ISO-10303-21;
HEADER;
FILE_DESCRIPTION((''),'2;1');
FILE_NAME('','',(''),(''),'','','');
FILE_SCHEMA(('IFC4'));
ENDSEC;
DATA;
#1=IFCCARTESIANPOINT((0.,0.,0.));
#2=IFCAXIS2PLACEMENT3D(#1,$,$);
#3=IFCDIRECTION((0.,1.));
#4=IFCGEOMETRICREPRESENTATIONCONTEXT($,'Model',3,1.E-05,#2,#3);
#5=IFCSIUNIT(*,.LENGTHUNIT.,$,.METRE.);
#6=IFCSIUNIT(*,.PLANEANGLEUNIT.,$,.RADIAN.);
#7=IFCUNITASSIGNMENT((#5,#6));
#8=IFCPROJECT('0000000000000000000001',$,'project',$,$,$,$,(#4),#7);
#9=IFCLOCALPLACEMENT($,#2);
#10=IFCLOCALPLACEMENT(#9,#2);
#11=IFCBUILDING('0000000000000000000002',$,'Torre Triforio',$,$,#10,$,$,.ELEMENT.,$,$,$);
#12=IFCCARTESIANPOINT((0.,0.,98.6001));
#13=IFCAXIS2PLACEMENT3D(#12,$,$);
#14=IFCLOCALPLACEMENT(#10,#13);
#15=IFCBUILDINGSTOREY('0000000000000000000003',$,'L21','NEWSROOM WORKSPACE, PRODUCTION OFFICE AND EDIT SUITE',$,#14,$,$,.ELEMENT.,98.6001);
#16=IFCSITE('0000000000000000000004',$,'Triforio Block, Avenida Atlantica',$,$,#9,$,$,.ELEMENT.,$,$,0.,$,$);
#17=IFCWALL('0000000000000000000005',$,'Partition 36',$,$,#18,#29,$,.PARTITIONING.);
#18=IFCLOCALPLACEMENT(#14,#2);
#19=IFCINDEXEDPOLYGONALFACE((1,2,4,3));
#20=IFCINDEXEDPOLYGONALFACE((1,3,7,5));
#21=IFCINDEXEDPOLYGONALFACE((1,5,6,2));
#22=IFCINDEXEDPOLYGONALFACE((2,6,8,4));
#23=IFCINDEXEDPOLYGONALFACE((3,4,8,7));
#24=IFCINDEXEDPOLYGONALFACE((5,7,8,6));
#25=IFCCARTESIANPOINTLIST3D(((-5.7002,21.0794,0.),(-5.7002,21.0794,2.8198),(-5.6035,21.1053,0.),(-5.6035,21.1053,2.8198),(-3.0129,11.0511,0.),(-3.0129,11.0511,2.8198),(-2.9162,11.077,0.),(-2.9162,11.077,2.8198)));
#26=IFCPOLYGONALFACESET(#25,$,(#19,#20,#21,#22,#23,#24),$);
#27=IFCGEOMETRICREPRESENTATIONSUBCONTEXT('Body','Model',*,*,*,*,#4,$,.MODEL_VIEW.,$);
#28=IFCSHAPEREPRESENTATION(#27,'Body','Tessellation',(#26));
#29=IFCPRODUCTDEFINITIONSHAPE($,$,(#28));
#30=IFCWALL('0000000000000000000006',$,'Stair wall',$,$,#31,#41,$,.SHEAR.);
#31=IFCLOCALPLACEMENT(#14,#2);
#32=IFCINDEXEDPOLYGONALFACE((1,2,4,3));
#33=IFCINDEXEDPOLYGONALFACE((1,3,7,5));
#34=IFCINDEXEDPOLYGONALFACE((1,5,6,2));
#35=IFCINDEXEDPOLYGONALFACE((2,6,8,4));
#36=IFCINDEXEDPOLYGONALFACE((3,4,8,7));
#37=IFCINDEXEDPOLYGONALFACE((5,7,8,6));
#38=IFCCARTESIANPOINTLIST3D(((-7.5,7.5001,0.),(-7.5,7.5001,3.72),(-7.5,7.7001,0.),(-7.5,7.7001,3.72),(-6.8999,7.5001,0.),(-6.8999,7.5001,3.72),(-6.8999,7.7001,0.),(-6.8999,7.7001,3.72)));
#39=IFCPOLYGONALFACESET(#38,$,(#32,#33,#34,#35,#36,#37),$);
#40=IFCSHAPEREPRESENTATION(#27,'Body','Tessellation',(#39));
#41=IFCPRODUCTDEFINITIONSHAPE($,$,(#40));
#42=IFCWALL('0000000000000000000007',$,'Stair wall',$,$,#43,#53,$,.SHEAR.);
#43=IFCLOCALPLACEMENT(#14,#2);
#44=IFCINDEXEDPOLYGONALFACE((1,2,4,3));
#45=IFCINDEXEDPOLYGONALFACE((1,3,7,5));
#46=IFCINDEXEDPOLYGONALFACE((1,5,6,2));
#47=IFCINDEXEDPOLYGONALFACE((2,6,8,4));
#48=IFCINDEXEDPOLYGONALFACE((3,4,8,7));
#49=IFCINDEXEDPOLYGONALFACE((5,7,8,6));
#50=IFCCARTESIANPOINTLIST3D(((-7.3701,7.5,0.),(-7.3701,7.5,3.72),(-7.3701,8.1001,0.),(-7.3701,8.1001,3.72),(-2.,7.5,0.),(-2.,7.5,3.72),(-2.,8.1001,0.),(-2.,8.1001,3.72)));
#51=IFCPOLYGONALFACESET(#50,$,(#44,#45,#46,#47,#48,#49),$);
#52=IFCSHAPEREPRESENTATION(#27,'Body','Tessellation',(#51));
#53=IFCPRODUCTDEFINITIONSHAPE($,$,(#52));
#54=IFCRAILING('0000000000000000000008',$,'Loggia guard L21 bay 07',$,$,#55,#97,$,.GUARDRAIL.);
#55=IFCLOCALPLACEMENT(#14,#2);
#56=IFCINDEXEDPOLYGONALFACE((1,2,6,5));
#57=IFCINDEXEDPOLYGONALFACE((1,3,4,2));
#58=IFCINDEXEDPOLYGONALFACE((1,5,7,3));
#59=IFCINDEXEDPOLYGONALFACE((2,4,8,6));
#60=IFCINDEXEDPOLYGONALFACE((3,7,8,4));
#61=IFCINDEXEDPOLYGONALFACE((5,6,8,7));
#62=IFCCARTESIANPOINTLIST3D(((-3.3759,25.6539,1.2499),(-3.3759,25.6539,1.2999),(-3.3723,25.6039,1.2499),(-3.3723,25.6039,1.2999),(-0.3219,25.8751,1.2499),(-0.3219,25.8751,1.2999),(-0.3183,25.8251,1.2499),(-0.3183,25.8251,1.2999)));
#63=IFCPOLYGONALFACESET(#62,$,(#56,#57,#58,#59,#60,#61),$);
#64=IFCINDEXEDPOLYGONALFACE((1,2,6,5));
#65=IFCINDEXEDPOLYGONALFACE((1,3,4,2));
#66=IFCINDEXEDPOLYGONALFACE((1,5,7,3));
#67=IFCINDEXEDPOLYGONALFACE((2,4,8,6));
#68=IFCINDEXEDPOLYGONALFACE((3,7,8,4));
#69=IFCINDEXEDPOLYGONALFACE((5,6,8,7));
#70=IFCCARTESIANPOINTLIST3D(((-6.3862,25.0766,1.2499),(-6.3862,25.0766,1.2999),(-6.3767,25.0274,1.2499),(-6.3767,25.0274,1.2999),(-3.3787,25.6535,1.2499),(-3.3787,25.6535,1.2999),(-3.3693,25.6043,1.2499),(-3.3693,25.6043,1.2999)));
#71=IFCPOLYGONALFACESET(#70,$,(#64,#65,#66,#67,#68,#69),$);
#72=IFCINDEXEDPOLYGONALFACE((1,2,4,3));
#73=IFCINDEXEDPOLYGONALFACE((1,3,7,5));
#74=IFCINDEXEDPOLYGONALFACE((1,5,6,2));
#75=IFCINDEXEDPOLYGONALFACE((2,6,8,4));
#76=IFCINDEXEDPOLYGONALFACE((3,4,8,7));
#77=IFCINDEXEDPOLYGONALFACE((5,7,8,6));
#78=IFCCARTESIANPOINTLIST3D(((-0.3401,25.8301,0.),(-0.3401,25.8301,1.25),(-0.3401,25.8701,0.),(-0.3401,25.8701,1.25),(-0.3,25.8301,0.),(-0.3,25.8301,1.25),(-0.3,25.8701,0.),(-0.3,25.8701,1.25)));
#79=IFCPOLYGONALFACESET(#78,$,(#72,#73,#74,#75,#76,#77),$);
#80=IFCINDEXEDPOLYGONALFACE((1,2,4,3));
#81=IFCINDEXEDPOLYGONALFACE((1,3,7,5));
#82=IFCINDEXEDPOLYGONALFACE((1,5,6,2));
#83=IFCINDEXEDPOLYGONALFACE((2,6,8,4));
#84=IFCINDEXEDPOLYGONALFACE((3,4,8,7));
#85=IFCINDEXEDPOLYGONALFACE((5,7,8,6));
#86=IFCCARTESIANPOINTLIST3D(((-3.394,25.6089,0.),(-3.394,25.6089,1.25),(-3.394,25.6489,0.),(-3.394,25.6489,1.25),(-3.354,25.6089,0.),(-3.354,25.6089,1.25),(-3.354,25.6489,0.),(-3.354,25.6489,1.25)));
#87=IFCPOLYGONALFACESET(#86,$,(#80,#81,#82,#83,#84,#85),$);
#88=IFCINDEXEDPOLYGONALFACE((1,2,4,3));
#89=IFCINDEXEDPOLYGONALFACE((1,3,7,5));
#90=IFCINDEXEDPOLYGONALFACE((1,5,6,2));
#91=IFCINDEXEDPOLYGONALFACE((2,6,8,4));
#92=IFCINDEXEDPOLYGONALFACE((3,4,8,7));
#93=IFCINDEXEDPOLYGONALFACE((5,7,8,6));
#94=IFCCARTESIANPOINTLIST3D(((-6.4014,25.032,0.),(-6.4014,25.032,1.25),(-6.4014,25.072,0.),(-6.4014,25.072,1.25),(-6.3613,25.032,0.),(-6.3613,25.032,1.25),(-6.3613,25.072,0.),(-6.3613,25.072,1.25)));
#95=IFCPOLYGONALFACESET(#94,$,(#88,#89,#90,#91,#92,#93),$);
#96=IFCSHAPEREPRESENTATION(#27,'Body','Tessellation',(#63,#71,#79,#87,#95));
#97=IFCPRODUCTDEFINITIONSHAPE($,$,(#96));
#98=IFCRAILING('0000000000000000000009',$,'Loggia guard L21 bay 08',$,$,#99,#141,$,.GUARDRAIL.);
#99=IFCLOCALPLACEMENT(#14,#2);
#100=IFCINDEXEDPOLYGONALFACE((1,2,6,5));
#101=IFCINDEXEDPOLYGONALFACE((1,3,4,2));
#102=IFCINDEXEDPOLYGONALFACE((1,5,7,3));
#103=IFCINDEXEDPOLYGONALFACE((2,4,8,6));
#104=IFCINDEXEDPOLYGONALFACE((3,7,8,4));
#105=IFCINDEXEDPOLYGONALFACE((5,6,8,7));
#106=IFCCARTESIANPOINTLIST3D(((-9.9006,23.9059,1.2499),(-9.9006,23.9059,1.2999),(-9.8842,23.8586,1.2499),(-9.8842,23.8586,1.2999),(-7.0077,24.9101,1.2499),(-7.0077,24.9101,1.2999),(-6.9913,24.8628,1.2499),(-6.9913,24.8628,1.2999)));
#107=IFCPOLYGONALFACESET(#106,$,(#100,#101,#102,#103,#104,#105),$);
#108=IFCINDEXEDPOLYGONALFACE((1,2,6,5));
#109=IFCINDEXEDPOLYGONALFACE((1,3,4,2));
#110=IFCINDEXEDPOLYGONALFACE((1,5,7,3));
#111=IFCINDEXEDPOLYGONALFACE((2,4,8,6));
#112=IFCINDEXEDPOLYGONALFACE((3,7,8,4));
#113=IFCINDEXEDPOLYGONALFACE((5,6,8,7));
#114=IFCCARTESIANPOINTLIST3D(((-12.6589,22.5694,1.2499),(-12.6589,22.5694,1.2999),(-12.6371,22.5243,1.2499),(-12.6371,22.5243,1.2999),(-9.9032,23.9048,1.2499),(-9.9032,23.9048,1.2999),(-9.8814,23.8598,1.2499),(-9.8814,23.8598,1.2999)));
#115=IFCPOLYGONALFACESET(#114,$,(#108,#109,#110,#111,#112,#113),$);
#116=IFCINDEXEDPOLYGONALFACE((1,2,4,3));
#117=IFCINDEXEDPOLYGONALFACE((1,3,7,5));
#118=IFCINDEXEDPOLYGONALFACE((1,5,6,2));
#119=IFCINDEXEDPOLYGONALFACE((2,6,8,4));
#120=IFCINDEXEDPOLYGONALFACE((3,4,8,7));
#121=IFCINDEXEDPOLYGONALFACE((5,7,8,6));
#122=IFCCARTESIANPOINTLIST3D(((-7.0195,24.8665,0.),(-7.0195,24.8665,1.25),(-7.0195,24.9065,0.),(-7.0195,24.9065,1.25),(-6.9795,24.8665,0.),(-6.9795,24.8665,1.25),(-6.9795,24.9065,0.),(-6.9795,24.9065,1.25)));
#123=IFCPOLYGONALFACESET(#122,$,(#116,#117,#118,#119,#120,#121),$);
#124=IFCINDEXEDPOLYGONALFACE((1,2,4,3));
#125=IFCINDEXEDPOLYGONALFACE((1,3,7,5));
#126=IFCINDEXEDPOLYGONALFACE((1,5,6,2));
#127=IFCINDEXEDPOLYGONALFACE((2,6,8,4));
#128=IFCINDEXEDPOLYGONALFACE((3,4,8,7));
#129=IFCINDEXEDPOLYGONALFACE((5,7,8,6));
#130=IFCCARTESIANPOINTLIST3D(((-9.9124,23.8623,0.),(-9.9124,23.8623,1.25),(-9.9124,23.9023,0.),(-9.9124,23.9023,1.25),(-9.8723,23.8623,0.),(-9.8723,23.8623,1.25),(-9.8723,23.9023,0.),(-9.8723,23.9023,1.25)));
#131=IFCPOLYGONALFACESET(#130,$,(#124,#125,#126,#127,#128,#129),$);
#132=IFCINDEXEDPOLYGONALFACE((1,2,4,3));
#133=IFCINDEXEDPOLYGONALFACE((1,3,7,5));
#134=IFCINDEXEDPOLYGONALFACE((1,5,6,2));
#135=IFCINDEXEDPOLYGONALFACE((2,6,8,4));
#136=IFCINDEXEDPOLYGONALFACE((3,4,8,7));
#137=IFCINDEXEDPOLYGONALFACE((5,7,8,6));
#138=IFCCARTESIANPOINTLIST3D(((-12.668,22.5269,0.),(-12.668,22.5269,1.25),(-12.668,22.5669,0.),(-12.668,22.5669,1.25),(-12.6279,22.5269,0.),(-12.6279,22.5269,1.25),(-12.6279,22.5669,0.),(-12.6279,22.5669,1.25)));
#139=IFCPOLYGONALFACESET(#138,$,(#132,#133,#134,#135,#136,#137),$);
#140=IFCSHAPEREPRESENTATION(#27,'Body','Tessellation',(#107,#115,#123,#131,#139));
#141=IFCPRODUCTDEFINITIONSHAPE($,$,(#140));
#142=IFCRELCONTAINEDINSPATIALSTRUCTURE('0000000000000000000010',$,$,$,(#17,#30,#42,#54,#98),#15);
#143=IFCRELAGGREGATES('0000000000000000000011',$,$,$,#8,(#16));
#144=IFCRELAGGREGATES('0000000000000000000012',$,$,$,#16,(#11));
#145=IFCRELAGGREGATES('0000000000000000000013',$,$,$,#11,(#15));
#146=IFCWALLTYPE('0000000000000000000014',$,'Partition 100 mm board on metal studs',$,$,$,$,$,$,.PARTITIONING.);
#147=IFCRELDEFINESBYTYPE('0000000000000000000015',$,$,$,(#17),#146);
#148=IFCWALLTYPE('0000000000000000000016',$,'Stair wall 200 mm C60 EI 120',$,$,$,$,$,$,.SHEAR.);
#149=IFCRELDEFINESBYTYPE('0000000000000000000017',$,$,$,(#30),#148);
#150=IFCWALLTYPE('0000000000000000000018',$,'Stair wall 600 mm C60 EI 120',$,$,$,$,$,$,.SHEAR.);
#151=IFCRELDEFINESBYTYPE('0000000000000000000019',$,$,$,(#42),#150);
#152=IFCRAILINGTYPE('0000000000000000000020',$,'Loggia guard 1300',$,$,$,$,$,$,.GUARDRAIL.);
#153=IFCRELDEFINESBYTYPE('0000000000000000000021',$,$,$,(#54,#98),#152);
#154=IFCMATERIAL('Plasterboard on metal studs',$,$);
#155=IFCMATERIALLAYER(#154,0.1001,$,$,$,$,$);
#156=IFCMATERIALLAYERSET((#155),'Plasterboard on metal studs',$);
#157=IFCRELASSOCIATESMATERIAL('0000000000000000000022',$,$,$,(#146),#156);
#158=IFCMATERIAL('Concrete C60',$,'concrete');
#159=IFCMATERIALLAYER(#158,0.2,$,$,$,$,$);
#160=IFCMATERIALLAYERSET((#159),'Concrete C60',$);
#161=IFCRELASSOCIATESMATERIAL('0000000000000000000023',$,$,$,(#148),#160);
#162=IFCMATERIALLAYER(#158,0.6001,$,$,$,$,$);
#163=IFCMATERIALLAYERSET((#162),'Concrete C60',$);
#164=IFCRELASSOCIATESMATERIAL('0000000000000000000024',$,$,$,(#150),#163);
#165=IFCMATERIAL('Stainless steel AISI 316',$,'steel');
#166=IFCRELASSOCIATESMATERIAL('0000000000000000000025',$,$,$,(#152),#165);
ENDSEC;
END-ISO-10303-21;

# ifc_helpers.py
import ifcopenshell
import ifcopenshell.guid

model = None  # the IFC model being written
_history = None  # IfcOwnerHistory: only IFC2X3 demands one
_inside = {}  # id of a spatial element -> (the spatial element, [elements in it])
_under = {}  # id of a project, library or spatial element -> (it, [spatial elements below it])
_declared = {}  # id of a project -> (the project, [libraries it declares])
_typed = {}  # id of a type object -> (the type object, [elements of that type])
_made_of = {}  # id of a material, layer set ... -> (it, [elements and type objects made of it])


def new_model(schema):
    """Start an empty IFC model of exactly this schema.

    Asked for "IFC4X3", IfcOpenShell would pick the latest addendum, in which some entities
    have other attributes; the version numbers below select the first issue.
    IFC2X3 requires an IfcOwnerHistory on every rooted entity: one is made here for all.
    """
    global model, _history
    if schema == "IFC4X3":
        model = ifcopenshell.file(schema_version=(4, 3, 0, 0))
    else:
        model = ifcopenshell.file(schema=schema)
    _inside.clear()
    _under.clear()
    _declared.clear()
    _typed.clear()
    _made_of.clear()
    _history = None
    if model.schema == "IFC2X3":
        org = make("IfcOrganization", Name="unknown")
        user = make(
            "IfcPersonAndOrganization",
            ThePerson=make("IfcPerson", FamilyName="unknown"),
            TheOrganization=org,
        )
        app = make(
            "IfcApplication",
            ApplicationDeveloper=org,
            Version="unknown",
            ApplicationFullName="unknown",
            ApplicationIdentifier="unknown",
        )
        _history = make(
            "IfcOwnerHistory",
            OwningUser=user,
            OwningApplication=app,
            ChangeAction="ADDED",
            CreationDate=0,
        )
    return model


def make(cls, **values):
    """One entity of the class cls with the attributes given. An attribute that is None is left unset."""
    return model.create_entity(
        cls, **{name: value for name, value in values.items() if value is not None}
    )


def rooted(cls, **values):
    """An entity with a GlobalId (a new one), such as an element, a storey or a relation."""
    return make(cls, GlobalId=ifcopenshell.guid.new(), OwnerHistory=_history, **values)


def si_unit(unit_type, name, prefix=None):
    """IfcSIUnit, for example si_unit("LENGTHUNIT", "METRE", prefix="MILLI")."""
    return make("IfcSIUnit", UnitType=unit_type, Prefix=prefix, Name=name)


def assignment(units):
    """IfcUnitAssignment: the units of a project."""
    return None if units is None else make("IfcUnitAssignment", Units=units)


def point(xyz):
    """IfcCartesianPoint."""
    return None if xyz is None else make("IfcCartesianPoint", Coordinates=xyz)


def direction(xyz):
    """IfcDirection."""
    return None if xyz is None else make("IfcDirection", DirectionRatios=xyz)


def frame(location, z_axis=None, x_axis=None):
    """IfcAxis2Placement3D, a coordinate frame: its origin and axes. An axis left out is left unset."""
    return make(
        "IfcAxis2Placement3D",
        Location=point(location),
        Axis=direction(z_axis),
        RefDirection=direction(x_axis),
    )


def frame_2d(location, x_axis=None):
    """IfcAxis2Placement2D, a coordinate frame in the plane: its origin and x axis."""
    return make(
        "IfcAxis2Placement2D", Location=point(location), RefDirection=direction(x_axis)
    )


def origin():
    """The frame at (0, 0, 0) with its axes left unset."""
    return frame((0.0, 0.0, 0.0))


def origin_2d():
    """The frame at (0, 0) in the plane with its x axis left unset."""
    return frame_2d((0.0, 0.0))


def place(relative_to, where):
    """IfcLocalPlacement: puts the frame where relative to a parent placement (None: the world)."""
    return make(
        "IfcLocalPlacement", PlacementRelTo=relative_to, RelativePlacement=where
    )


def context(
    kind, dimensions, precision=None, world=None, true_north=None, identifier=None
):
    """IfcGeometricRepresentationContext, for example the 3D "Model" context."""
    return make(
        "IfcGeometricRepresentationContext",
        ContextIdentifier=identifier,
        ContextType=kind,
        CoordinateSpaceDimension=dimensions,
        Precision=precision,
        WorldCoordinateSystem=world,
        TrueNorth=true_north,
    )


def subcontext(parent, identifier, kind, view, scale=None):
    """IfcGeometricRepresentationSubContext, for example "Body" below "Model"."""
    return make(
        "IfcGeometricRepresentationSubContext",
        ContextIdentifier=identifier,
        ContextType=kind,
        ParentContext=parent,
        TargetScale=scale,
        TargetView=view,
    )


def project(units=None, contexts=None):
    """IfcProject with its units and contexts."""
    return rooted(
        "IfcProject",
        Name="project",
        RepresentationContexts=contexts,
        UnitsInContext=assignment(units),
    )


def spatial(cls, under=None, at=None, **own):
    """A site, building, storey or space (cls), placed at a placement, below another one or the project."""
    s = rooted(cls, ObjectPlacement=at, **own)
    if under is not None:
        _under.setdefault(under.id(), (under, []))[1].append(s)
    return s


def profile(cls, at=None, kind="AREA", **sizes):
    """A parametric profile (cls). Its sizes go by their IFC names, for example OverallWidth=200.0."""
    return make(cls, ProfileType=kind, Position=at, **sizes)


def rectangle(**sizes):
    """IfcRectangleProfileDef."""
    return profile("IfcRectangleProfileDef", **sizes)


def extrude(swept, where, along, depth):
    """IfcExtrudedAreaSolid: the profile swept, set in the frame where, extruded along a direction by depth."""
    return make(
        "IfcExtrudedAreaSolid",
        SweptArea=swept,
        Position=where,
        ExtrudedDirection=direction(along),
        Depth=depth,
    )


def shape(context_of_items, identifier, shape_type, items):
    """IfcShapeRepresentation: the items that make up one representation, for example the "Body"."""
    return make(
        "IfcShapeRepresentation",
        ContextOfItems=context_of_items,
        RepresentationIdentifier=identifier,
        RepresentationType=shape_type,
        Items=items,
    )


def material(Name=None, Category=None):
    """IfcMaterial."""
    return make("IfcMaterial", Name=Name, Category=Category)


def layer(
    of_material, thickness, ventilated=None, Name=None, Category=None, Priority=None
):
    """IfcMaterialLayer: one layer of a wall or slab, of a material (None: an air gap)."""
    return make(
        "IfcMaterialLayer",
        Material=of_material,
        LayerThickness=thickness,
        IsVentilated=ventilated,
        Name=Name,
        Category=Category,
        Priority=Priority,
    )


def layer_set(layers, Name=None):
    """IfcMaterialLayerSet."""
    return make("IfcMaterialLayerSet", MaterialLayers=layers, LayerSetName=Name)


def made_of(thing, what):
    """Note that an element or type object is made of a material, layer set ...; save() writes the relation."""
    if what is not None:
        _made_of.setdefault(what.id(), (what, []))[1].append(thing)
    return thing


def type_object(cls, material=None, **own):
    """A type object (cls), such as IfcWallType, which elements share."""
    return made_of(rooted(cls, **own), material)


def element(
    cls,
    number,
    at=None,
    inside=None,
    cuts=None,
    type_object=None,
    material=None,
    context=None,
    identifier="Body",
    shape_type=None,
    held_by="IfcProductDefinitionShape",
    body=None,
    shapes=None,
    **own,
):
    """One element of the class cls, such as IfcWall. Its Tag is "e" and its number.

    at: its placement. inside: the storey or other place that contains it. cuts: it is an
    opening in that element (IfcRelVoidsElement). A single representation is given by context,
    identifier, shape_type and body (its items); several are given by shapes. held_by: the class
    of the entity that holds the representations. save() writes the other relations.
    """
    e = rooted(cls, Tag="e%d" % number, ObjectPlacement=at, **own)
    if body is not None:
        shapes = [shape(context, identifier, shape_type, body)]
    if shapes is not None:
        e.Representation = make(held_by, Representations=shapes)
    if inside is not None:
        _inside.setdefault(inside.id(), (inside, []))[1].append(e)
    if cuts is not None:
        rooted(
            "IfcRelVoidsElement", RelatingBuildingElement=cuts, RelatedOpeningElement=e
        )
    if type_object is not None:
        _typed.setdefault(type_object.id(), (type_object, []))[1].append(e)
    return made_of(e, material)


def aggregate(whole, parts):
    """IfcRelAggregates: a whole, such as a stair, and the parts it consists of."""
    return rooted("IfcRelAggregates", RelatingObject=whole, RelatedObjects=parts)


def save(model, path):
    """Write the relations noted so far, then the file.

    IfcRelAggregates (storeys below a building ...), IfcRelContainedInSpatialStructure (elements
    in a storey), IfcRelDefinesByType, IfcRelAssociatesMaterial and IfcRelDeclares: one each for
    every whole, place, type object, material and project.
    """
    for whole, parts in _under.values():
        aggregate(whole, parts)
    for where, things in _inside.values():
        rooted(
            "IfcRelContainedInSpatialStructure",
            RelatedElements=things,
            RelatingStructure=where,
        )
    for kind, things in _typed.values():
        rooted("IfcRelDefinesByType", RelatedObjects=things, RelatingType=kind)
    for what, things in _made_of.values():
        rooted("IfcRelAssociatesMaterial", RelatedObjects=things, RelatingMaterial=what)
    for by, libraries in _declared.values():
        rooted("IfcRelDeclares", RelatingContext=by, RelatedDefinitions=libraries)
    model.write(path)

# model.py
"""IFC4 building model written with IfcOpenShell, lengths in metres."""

from ifc_helpers import new_model, si_unit, direction, frame, frame_2d, origin, origin_2d, place, context, subcontext, project, spatial, rectangle, extrude, material, layer, layer_set, type_object, element, save


model = new_model("IFC4")

# Units and contexts
model_context = context("Model", 3, precision=1e-05, world=origin(), true_north=direction((0.0, 1.0)))
body_context = subcontext(model_context, "Body", "Model", "MODEL_VIEW")
ifc_project = project(units=[si_unit("LENGTHUNIT", "METRE"), si_unit("PLANEANGLEUNIT", "RADIAN")], contexts=[model_context])

# Site, building, storey
site_placement = place(None, origin())
site = spatial("IfcSite", under=ifc_project, at=site_placement, Name="Triforio Block, Avenida Atlantica", CompositionType="ELEMENT", RefElevation=0.0)
building_placement = place(site_placement, origin())
building = spatial("IfcBuilding", under=site, at=building_placement, Name="Torre Triforio", CompositionType="ELEMENT")
storey_placement = place(building_placement, frame((0.0, 0.0, 98.6001)))
storey = spatial("IfcBuildingStorey", under=building, at=storey_placement, Name="L21", Description="NEWSROOM WORKSPACE, PRODUCTION OFFICE AND EDIT SUITE", CompositionType="ELEMENT", Elevation=98.6001)

# Shared definitions
ifc_material_1 = material(Name="Concrete C60", Category="concrete")

# Walls
ifc_material_2 = material(Name="Plasterboard on metal studs")
ifc_layer_1 = layer(ifc_material_2, 0.1001)
ifc_layer_set_1 = layer_set([ifc_layer_1], Name="Plasterboard on metal studs")
wall_type_1 = type_object("IfcWallType", Name="Partition 100 mm board on metal studs", PredefinedType="PARTITIONING", material=ifc_layer_set_1)
wall_1_placement = place(storey_placement, frame((-2.9646, 11.0642, 0.0), z_axis=(0.0, 0.0, 1.0), x_axis=(-0.258835, 0.965922, 0.0)))
element("IfcWall", 1, at=wall_1_placement, inside=storey, type_object=wall_type_1, Name="Partition 36", PredefinedType="PARTITIONING", context=body_context, shape_type="SweptSolid", body=[
    extrude(rectangle(XDim=10.3821, YDim=0.1001, at=frame_2d((5.1909, 0.0))), origin(), (0.0, 0.0, 1.0), 2.8198),
])
ifc_layer_2 = layer(ifc_material_1, 0.2)
ifc_layer_set_2 = layer_set([ifc_layer_2], Name="Concrete C60")
wall_type_2 = type_object("IfcWallType", Name="Stair wall 200 mm C60 EI 120", PredefinedType="SHEAR", material=ifc_layer_set_2)
wall_2_placement = place(storey_placement, frame((-7.5, 7.6001, 0.0), z_axis=(0.0, 0.0, 1.0), x_axis=(1.0, 0.0, 0.0)))
element("IfcWall", 2, at=wall_2_placement, inside=storey, type_object=wall_type_2, Name="Stair wall", PredefinedType="SHEAR", context=body_context, shape_type="SweptSolid", body=[
    extrude(rectangle(XDim=0.6001, YDim=0.2, at=frame_2d((0.3, 0.0))), origin(), (0.0, 0.0, 1.0), 3.72),
])
ifc_layer_3 = layer(ifc_material_1, 0.6001)
ifc_layer_set_3 = layer_set([ifc_layer_3], Name="Concrete C60")
wall_type_3 = type_object("IfcWallType", Name="Stair wall 600 mm C60 EI 120", PredefinedType="SHEAR", material=ifc_layer_set_3)
wall_3_placement = place(storey_placement, frame((-7.3701, 7.8, 0.0), z_axis=(0.0, 0.0, 1.0), x_axis=(1.0, 0.0, 0.0)))
element("IfcWall", 3, at=wall_3_placement, inside=storey, type_object=wall_type_3, Name="Stair wall", PredefinedType="SHEAR", context=body_context, shape_type="SweptSolid", body=[
    extrude(rectangle(XDim=5.3701, YDim=0.6001, at=frame_2d((2.6851, 0.0))), origin(), (0.0, 0.0, 1.0), 3.72),
])

# Railings
ifc_material_3 = material(Name="Stainless steel AISI 316", Category="steel")
railing_type = type_object("IfcRailingType", Name="Loggia guard 1300", PredefinedType="GUARDRAIL", material=ifc_material_3)
railing_1_placement = place(storey_placement, frame((-0.3201, 25.8501, 0.0)))
element("IfcRailing", 4, at=railing_1_placement, inside=storey, type_object=railing_type, Name="Loggia guard L21 bay 07", PredefinedType="GUARDRAIL", context=body_context, shape_type="SweptSolid", body=[
    extrude(rectangle(XDim=0.05, YDim=0.05, at=origin_2d()), frame((0.0, 0.0, 1.2749), z_axis=(-0.997387, -0.072239, 0.0), x_axis=(0.072239, -0.997387, 0.0)), (0.0, 0.0, 1.0), 3.062),
    extrude(rectangle(XDim=0.05, YDim=0.05, at=origin_2d()), frame((-3.054, -0.2212, 1.2749), z_axis=(-0.982093, -0.188398, 0.0), x_axis=(0.188398, -0.982093, 0.0)), (0.0, 0.0, 1.0), 3.0623),
    extrude(rectangle(XDim=0.04, YDim=0.04, at=origin_2d()), origin(), (0.0, 0.0, 1.0), 1.25),
    extrude(rectangle(XDim=0.04, YDim=0.04, at=origin_2d()), frame((-3.054, -0.2212, 0.0)), (0.0, 0.0, 1.0), 1.25),
    extrude(rectangle(XDim=0.04, YDim=0.04, at=origin_2d()), frame((-6.0613, -0.7981, 0.0)), (0.0, 0.0, 1.0), 1.25),
])
railing_2_placement = place(storey_placement, frame((-6.9995, 24.8865, 0.0)))
element("IfcRailing", 5, at=railing_2_placement, inside=storey, type_object=railing_type, Name="Loggia guard L21 bay 08", PredefinedType="GUARDRAIL", context=body_context, shape_type="SweptSolid", body=[
    extrude(rectangle(XDim=0.05, YDim=0.05, at=origin_2d()), frame((0.0, 0.0, 1.2749), z_axis=(-0.944704, -0.327924, 0.0), x_axis=(0.327924, -0.944704, 0.0)), (0.0, 0.0, 1.0), 3.0623),
    extrude(rectangle(XDim=0.05, YDim=0.05, at=origin_2d()), frame((-2.8928, -1.0042, 1.2749), z_axis=(-0.899892, -0.436113, 0.0), x_axis=(0.436113, -0.899892, 0.0)), (0.0, 0.0, 1.0), 3.0623),
    extrude(rectangle(XDim=0.04, YDim=0.04, at=origin_2d()), origin(), (0.0, 0.0, 1.0), 1.25),
    extrude(rectangle(XDim=0.04, YDim=0.04, at=origin_2d()), frame((-2.8928, -1.0042, 0.0)), (0.0, 0.0, 1.0), 1.25),
    extrude(rectangle(XDim=0.04, YDim=0.04, at=origin_2d()), frame((-5.6484, -2.3396, 0.0)), (0.0, 0.0, 1.0), 1.25),
])

save(model, "model.ifc")
